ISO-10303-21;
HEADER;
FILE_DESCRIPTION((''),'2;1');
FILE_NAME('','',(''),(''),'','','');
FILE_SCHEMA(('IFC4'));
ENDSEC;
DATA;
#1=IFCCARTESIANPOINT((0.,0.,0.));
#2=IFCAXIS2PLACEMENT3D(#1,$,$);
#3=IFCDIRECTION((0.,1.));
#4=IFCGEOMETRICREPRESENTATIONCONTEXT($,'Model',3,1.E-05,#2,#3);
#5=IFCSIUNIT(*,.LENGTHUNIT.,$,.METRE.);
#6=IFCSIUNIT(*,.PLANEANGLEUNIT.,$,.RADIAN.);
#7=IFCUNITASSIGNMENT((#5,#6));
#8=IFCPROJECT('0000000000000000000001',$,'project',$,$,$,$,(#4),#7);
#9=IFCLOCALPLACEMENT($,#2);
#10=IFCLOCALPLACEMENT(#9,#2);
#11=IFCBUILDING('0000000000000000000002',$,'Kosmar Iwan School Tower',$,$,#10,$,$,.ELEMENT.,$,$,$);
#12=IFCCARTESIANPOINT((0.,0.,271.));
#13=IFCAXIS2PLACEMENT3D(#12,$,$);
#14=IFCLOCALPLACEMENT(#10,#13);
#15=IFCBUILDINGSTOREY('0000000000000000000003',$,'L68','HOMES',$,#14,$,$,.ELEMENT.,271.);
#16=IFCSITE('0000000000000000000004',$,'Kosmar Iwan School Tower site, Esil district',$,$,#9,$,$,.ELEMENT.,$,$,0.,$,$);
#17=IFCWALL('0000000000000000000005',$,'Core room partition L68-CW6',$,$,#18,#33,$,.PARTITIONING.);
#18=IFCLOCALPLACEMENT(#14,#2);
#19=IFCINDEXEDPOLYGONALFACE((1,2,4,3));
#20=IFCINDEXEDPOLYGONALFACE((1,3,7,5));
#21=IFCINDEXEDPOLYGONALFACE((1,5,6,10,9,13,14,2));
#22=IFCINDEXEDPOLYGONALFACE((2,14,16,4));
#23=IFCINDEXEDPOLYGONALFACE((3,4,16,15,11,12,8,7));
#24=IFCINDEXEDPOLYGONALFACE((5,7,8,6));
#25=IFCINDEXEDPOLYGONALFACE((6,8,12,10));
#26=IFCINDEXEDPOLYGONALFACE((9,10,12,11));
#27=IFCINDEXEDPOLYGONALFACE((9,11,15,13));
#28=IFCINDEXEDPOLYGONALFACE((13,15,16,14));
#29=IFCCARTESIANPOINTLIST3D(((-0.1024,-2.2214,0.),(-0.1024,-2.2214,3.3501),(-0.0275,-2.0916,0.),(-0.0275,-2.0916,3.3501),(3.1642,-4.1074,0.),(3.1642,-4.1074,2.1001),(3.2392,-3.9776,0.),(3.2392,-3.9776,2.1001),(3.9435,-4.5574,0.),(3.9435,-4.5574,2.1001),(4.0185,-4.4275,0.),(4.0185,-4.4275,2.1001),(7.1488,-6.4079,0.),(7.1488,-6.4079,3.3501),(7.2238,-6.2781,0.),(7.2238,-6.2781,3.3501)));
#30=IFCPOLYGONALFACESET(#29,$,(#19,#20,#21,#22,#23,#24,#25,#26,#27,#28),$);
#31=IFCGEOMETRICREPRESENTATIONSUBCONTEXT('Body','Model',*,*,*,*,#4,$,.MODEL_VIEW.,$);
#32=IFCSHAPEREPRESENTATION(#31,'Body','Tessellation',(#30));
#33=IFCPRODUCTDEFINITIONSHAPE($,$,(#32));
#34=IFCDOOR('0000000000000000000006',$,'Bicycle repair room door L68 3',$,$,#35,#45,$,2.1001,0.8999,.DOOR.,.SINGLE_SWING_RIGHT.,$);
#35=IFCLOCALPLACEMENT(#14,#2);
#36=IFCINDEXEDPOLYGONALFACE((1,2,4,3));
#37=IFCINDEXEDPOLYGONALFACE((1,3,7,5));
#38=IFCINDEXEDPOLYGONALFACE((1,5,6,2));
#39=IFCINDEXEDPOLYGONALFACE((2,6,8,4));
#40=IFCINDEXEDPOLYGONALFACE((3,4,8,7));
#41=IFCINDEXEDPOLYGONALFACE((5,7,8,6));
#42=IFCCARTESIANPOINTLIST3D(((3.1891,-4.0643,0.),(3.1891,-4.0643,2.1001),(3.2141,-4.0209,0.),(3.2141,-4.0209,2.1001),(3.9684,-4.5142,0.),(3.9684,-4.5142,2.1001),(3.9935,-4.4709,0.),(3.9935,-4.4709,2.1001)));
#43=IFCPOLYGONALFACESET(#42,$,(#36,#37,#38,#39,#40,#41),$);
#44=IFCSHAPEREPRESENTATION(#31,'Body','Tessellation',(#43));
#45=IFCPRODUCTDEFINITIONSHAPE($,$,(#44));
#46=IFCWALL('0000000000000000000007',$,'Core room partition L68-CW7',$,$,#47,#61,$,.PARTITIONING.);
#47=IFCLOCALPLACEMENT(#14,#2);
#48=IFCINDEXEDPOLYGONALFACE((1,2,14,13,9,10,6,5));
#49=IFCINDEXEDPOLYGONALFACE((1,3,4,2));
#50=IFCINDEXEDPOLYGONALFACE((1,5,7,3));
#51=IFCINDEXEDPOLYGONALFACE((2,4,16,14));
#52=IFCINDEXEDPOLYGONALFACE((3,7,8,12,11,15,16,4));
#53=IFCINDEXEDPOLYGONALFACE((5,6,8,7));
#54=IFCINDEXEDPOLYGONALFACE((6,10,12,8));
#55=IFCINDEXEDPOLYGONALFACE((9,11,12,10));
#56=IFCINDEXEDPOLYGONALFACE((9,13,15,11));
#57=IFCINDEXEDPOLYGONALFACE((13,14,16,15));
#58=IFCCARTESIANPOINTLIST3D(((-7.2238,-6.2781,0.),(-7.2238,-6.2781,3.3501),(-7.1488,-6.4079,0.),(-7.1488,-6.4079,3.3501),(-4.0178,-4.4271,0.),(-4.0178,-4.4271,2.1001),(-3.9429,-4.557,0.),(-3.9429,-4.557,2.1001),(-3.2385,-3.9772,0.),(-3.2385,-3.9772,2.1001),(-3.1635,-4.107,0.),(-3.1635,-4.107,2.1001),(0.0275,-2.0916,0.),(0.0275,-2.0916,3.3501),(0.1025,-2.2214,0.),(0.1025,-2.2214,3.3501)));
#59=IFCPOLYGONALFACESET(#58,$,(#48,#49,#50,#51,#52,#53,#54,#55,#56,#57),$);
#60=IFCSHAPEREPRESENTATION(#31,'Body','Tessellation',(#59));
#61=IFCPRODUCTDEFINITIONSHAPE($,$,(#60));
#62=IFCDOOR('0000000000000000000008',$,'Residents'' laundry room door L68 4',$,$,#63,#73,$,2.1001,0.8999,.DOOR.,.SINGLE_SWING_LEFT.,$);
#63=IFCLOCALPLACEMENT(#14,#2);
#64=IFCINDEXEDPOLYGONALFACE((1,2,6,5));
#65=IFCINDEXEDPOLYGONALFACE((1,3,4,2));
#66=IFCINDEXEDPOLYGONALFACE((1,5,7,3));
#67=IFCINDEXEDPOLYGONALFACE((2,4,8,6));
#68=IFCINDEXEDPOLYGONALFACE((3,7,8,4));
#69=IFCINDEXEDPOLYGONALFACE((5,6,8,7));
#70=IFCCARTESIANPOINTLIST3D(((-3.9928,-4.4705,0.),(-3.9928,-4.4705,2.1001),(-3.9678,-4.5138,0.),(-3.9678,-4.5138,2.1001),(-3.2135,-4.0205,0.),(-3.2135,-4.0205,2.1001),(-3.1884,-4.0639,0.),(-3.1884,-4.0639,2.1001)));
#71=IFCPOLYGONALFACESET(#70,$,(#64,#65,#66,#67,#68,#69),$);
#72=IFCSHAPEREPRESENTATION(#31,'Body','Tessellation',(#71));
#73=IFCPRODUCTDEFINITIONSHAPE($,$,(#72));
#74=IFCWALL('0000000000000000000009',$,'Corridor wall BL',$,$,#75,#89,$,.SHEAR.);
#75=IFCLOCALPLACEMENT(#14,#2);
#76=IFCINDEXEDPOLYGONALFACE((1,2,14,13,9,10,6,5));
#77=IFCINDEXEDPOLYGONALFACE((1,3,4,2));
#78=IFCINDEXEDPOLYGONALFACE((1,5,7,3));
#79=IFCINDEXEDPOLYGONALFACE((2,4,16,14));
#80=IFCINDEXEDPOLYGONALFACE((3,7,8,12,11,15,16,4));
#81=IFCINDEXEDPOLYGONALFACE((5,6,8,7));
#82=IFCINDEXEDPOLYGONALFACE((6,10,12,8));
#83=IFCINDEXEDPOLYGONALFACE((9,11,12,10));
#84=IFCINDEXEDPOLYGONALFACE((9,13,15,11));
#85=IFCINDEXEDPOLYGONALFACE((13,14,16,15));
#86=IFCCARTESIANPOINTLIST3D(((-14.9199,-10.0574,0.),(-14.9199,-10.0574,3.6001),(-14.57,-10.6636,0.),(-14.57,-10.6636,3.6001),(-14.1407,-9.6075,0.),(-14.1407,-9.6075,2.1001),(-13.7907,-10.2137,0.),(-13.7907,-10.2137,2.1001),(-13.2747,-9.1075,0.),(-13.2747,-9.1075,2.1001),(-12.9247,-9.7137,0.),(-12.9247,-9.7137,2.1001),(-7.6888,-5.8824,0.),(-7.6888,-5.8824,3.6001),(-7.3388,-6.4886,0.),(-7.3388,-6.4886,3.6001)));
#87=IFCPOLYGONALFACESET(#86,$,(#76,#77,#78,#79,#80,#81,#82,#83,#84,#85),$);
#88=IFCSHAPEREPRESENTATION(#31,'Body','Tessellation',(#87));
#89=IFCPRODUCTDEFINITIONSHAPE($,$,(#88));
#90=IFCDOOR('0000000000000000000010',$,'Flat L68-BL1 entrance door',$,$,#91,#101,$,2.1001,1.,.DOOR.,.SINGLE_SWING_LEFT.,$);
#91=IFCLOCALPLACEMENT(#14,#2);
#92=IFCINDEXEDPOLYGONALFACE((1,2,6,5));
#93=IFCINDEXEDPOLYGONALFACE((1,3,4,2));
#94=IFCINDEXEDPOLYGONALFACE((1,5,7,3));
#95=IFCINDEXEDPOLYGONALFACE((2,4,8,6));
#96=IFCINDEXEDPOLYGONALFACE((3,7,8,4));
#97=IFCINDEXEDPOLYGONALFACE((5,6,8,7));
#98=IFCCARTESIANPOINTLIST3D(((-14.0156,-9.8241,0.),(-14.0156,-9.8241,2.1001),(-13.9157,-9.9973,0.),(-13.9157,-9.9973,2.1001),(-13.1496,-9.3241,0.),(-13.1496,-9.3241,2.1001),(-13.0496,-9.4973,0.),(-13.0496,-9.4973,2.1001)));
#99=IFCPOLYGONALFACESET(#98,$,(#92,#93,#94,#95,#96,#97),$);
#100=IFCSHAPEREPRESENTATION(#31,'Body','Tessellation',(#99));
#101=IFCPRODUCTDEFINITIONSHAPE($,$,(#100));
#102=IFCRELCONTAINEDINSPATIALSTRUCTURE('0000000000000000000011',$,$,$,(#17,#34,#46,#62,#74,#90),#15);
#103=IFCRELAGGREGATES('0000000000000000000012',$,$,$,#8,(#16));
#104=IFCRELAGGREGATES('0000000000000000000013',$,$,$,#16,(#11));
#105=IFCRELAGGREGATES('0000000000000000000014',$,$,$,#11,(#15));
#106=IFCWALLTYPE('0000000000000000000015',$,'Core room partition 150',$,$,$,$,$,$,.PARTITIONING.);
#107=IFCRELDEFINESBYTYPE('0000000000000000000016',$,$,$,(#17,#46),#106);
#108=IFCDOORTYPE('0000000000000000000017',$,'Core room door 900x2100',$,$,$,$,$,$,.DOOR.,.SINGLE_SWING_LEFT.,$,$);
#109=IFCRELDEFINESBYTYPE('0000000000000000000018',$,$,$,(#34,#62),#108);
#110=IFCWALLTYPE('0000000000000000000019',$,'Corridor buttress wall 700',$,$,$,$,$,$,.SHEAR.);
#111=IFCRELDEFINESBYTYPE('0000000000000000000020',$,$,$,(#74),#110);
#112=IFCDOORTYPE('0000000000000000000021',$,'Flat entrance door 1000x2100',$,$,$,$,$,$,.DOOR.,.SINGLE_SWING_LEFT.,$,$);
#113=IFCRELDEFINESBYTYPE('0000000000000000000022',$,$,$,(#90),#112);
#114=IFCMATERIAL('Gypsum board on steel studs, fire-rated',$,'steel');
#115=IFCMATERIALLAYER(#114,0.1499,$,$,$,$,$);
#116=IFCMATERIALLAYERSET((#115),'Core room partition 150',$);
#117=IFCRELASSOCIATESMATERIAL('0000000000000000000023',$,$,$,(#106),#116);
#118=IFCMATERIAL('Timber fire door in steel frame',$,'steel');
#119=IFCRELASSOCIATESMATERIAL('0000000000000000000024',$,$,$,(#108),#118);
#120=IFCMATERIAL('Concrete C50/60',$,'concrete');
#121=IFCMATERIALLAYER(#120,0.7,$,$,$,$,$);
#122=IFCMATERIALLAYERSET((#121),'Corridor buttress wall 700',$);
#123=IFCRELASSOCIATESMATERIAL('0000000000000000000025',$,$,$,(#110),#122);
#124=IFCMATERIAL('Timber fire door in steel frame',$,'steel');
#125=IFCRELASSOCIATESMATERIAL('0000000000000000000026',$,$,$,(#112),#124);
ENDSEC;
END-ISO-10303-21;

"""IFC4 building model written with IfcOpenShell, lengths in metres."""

from ifc_helpers import new_model, si_unit, direction, frame, frame_2d, origin, place, context, subcontext, project, spatial, rectangle, extrude, material, layer, layer_set, type_object, element, fill, save


model = new_model("IFC4")

# Units and contexts
model_context = context("Model", 3, precision=1e-05, world=origin(), true_north=direction((0.0, 1.0)))
body_context = subcontext(model_context, "Body", "Model", "MODEL_VIEW")
ifc_project = project(units=[si_unit("LENGTHUNIT", "METRE"), si_unit("PLANEANGLEUNIT", "RADIAN")], contexts=[model_context])

# Site, building, storey
site_placement = place(None, origin())
site = spatial("IfcSite", under=ifc_project, at=site_placement, Name="Kosmar Iwan School Tower site, Esil district", CompositionType="ELEMENT", RefElevation=0.0)
building_placement = place(site_placement, origin())
building = spatial("IfcBuilding", under=site, at=building_placement, Name="Kosmar Iwan School Tower", CompositionType="ELEMENT")
storey_placement = place(building_placement, frame((0.0, 0.0, 271.0)))
storey = spatial("IfcBuildingStorey", under=building, at=storey_placement, Name="L68", Description="HOMES", CompositionType="ELEMENT", Elevation=271.0)

# Walls, openings, doors
ifc_material_1 = material(Name="Gypsum board on steel studs, fire-rated", Category="steel")
ifc_layer_1 = layer(ifc_material_1, 0.1499)
ifc_layer_set_1 = layer_set([ifc_layer_1], Name="Core room partition 150")
wall_type_1 = type_object("IfcWallType", Name="Core room partition 150", PredefinedType="PARTITIONING", material=ifc_layer_set_1)
wall_1_placement = place(storey_placement, frame((-0.0649, -2.1565, 0.0), z_axis=(0.0, 0.0, 1.0), x_axis=(0.866024, -0.500003, 0.0)))
wall_1 = element("IfcWall", 1, at=wall_1_placement, inside=storey, type_object=wall_type_1, Name="Core room partition L68-CW6", PredefinedType="PARTITIONING", context=body_context, shape_type="SweptSolid", body=[
    extrude(rectangle(XDim=8.373, YDim=0.1499, at=frame_2d((4.1865, 0.0))), origin(), (0.0, 0.0, 1.0), 3.3501),
])
opening_1_placement = place(wall_1_placement, frame((3.772, 0.0, 0.0)))
opening_1 = element("IfcOpeningElement", 2, at=opening_1_placement, cuts=wall_1, PredefinedType="OPENING", context=body_context, shape_type="SweptSolid", body=[
    extrude(rectangle(XDim=0.8999, YDim=2.1001, at=frame_2d((0.45, 1.05))), frame((0.0, 0.0869, 0.0), z_axis=(0.0, -1.0, 0.0), x_axis=(1.0, 0.0, 0.0)), (0.0, 0.0, 1.0), 0.1738),
])
ifc_material_2 = material(Name="Timber fire door in steel frame", Category="steel")
door_type_1 = type_object("IfcDoorType", Name="Core room door 900x2100", OperationType="SINGLE_SWING_LEFT", PredefinedType="DOOR", material=ifc_material_2)
door_1_placement = place(opening_1_placement, origin())
door_1 = element("IfcDoor", 3, at=door_1_placement, inside=storey, type_object=door_type_1, Name="Bicycle repair room door L68 3", OperationType="SINGLE_SWING_RIGHT", OverallHeight=2.1001, OverallWidth=0.8999, PredefinedType="DOOR", context=body_context, shape_type="SweptSolid", body=[
    extrude(rectangle(XDim=0.8999, YDim=2.1001, at=frame_2d((0.45, 1.05))), frame((0.0, 0.0249, 0.0), z_axis=(0.0, -1.0, 0.0), x_axis=(1.0, 0.0, 0.0)), (0.0, 0.0, 1.0), 0.05),
])
fill(opening_1, door_1)
wall_2_placement = place(storey_placement, frame((-7.1863, -6.343, 0.0), z_axis=(0.0, 0.0, 1.0), x_axis=(0.866024, 0.500003, 0.0)))
wall_2 = element("IfcWall", 4, at=wall_2_placement, inside=storey, type_object=wall_type_1, Name="Core room partition L68-CW7", PredefinedType="PARTITIONING", context=body_context, shape_type="SweptSolid", body=[
    extrude(rectangle(XDim=8.373, YDim=0.1499, at=frame_2d((4.1865, 0.0))), origin(), (0.0, 0.0, 1.0), 3.3501),
])
opening_2_placement = place(wall_2_placement, frame((3.7019, 0.0, 0.0)))
opening_2 = element("IfcOpeningElement", 5, at=opening_2_placement, cuts=wall_2, PredefinedType="OPENING", context=body_context, shape_type="SweptSolid", body=[
    extrude(rectangle(XDim=0.8999, YDim=2.1001, at=frame_2d((0.45, 1.05))), frame((0.0, 0.0869, 0.0), z_axis=(0.0, -1.0, 0.0), x_axis=(1.0, 0.0, 0.0)), (0.0, 0.0, 1.0), 0.1738),
])
door_2_placement = place(opening_2_placement, origin())
door_2 = element("IfcDoor", 6, at=door_2_placement, inside=storey, type_object=door_type_1, Name="Residents' laundry room door L68 4", OperationType="SINGLE_SWING_LEFT", OverallHeight=2.1001, OverallWidth=0.8999, PredefinedType="DOOR", context=body_context, shape_type="SweptSolid", body=[
    extrude(rectangle(XDim=0.8999, YDim=2.1001, at=frame_2d((0.45, 1.05))), frame((0.0, 0.0249, 0.0), z_axis=(0.0, -1.0, 0.0), x_axis=(1.0, 0.0, 0.0)), (0.0, 0.0, 1.0), 0.05),
])
fill(opening_2, door_2)
ifc_material_3 = material(Name="Concrete C50/60", Category="concrete")
ifc_layer_2 = layer(ifc_material_3, 0.7)
ifc_layer_set_2 = layer_set([ifc_layer_2], Name="Corridor buttress wall 700")
wall_type_2 = type_object("IfcWallType", Name="Corridor buttress wall 700", PredefinedType="SHEAR", material=ifc_layer_set_2)
wall_3_placement = place(storey_placement, frame((-7.5139, -6.1855, 0.0), z_axis=(0.0, 0.0, 1.0), x_axis=(-0.86602, -0.50001, 0.0)))
wall_3 = element("IfcWall", 7, at=wall_3_placement, inside=storey, type_object=wall_type_2, Name="Corridor wall BL", PredefinedType="SHEAR", context=body_context, shape_type="SweptSolid", body=[
    extrude(rectangle(XDim=8.3499, YDim=0.7, at=frame_2d((4.1748, 0.0))), origin(), (0.0, 0.0, 1.0), 3.6001),
])
opening_3_placement = place(wall_3_placement, frame((6.45, 0.0, 0.0)))
opening_3 = element("IfcOpeningElement", 8, at=opening_3_placement, cuts=wall_3, PredefinedType="OPENING", context=body_context, shape_type="SweptSolid", body=[
    extrude(rectangle(XDim=1.0, YDim=2.1001, at=frame_2d((0.5, 1.05))), frame((0.0, 0.3621, 0.0), z_axis=(0.0, -1.0, 0.0), x_axis=(1.0, 0.0, 0.0)), (0.0, 0.0, 1.0), 0.7239),
])
ifc_material_4 = material(Name="Timber fire door in steel frame", Category="steel")
door_type_2 = type_object("IfcDoorType", Name="Flat entrance door 1000x2100", OperationType="SINGLE_SWING_LEFT", PredefinedType="DOOR", material=ifc_material_4)
door_3_placement = place(opening_3_placement, origin())
door_3 = element("IfcDoor", 9, at=door_3_placement, inside=storey, type_object=door_type_2, Name="Flat L68-BL1 entrance door", OperationType="SINGLE_SWING_LEFT", OverallHeight=2.1001, OverallWidth=1.0, PredefinedType="DOOR", context=body_context, shape_type="SweptSolid", body=[
    extrude(rectangle(XDim=1.0, YDim=2.1001, at=frame_2d((0.5, 1.05))), frame((0.0, 0.1001, 0.0), z_axis=(0.0, -1.0, 0.0), x_axis=(1.0, 0.0, 0.0)), (0.0, 0.0, 1.0), 0.2),
])
fill(opening_3, door_3)

save(model, "model.ifc")
